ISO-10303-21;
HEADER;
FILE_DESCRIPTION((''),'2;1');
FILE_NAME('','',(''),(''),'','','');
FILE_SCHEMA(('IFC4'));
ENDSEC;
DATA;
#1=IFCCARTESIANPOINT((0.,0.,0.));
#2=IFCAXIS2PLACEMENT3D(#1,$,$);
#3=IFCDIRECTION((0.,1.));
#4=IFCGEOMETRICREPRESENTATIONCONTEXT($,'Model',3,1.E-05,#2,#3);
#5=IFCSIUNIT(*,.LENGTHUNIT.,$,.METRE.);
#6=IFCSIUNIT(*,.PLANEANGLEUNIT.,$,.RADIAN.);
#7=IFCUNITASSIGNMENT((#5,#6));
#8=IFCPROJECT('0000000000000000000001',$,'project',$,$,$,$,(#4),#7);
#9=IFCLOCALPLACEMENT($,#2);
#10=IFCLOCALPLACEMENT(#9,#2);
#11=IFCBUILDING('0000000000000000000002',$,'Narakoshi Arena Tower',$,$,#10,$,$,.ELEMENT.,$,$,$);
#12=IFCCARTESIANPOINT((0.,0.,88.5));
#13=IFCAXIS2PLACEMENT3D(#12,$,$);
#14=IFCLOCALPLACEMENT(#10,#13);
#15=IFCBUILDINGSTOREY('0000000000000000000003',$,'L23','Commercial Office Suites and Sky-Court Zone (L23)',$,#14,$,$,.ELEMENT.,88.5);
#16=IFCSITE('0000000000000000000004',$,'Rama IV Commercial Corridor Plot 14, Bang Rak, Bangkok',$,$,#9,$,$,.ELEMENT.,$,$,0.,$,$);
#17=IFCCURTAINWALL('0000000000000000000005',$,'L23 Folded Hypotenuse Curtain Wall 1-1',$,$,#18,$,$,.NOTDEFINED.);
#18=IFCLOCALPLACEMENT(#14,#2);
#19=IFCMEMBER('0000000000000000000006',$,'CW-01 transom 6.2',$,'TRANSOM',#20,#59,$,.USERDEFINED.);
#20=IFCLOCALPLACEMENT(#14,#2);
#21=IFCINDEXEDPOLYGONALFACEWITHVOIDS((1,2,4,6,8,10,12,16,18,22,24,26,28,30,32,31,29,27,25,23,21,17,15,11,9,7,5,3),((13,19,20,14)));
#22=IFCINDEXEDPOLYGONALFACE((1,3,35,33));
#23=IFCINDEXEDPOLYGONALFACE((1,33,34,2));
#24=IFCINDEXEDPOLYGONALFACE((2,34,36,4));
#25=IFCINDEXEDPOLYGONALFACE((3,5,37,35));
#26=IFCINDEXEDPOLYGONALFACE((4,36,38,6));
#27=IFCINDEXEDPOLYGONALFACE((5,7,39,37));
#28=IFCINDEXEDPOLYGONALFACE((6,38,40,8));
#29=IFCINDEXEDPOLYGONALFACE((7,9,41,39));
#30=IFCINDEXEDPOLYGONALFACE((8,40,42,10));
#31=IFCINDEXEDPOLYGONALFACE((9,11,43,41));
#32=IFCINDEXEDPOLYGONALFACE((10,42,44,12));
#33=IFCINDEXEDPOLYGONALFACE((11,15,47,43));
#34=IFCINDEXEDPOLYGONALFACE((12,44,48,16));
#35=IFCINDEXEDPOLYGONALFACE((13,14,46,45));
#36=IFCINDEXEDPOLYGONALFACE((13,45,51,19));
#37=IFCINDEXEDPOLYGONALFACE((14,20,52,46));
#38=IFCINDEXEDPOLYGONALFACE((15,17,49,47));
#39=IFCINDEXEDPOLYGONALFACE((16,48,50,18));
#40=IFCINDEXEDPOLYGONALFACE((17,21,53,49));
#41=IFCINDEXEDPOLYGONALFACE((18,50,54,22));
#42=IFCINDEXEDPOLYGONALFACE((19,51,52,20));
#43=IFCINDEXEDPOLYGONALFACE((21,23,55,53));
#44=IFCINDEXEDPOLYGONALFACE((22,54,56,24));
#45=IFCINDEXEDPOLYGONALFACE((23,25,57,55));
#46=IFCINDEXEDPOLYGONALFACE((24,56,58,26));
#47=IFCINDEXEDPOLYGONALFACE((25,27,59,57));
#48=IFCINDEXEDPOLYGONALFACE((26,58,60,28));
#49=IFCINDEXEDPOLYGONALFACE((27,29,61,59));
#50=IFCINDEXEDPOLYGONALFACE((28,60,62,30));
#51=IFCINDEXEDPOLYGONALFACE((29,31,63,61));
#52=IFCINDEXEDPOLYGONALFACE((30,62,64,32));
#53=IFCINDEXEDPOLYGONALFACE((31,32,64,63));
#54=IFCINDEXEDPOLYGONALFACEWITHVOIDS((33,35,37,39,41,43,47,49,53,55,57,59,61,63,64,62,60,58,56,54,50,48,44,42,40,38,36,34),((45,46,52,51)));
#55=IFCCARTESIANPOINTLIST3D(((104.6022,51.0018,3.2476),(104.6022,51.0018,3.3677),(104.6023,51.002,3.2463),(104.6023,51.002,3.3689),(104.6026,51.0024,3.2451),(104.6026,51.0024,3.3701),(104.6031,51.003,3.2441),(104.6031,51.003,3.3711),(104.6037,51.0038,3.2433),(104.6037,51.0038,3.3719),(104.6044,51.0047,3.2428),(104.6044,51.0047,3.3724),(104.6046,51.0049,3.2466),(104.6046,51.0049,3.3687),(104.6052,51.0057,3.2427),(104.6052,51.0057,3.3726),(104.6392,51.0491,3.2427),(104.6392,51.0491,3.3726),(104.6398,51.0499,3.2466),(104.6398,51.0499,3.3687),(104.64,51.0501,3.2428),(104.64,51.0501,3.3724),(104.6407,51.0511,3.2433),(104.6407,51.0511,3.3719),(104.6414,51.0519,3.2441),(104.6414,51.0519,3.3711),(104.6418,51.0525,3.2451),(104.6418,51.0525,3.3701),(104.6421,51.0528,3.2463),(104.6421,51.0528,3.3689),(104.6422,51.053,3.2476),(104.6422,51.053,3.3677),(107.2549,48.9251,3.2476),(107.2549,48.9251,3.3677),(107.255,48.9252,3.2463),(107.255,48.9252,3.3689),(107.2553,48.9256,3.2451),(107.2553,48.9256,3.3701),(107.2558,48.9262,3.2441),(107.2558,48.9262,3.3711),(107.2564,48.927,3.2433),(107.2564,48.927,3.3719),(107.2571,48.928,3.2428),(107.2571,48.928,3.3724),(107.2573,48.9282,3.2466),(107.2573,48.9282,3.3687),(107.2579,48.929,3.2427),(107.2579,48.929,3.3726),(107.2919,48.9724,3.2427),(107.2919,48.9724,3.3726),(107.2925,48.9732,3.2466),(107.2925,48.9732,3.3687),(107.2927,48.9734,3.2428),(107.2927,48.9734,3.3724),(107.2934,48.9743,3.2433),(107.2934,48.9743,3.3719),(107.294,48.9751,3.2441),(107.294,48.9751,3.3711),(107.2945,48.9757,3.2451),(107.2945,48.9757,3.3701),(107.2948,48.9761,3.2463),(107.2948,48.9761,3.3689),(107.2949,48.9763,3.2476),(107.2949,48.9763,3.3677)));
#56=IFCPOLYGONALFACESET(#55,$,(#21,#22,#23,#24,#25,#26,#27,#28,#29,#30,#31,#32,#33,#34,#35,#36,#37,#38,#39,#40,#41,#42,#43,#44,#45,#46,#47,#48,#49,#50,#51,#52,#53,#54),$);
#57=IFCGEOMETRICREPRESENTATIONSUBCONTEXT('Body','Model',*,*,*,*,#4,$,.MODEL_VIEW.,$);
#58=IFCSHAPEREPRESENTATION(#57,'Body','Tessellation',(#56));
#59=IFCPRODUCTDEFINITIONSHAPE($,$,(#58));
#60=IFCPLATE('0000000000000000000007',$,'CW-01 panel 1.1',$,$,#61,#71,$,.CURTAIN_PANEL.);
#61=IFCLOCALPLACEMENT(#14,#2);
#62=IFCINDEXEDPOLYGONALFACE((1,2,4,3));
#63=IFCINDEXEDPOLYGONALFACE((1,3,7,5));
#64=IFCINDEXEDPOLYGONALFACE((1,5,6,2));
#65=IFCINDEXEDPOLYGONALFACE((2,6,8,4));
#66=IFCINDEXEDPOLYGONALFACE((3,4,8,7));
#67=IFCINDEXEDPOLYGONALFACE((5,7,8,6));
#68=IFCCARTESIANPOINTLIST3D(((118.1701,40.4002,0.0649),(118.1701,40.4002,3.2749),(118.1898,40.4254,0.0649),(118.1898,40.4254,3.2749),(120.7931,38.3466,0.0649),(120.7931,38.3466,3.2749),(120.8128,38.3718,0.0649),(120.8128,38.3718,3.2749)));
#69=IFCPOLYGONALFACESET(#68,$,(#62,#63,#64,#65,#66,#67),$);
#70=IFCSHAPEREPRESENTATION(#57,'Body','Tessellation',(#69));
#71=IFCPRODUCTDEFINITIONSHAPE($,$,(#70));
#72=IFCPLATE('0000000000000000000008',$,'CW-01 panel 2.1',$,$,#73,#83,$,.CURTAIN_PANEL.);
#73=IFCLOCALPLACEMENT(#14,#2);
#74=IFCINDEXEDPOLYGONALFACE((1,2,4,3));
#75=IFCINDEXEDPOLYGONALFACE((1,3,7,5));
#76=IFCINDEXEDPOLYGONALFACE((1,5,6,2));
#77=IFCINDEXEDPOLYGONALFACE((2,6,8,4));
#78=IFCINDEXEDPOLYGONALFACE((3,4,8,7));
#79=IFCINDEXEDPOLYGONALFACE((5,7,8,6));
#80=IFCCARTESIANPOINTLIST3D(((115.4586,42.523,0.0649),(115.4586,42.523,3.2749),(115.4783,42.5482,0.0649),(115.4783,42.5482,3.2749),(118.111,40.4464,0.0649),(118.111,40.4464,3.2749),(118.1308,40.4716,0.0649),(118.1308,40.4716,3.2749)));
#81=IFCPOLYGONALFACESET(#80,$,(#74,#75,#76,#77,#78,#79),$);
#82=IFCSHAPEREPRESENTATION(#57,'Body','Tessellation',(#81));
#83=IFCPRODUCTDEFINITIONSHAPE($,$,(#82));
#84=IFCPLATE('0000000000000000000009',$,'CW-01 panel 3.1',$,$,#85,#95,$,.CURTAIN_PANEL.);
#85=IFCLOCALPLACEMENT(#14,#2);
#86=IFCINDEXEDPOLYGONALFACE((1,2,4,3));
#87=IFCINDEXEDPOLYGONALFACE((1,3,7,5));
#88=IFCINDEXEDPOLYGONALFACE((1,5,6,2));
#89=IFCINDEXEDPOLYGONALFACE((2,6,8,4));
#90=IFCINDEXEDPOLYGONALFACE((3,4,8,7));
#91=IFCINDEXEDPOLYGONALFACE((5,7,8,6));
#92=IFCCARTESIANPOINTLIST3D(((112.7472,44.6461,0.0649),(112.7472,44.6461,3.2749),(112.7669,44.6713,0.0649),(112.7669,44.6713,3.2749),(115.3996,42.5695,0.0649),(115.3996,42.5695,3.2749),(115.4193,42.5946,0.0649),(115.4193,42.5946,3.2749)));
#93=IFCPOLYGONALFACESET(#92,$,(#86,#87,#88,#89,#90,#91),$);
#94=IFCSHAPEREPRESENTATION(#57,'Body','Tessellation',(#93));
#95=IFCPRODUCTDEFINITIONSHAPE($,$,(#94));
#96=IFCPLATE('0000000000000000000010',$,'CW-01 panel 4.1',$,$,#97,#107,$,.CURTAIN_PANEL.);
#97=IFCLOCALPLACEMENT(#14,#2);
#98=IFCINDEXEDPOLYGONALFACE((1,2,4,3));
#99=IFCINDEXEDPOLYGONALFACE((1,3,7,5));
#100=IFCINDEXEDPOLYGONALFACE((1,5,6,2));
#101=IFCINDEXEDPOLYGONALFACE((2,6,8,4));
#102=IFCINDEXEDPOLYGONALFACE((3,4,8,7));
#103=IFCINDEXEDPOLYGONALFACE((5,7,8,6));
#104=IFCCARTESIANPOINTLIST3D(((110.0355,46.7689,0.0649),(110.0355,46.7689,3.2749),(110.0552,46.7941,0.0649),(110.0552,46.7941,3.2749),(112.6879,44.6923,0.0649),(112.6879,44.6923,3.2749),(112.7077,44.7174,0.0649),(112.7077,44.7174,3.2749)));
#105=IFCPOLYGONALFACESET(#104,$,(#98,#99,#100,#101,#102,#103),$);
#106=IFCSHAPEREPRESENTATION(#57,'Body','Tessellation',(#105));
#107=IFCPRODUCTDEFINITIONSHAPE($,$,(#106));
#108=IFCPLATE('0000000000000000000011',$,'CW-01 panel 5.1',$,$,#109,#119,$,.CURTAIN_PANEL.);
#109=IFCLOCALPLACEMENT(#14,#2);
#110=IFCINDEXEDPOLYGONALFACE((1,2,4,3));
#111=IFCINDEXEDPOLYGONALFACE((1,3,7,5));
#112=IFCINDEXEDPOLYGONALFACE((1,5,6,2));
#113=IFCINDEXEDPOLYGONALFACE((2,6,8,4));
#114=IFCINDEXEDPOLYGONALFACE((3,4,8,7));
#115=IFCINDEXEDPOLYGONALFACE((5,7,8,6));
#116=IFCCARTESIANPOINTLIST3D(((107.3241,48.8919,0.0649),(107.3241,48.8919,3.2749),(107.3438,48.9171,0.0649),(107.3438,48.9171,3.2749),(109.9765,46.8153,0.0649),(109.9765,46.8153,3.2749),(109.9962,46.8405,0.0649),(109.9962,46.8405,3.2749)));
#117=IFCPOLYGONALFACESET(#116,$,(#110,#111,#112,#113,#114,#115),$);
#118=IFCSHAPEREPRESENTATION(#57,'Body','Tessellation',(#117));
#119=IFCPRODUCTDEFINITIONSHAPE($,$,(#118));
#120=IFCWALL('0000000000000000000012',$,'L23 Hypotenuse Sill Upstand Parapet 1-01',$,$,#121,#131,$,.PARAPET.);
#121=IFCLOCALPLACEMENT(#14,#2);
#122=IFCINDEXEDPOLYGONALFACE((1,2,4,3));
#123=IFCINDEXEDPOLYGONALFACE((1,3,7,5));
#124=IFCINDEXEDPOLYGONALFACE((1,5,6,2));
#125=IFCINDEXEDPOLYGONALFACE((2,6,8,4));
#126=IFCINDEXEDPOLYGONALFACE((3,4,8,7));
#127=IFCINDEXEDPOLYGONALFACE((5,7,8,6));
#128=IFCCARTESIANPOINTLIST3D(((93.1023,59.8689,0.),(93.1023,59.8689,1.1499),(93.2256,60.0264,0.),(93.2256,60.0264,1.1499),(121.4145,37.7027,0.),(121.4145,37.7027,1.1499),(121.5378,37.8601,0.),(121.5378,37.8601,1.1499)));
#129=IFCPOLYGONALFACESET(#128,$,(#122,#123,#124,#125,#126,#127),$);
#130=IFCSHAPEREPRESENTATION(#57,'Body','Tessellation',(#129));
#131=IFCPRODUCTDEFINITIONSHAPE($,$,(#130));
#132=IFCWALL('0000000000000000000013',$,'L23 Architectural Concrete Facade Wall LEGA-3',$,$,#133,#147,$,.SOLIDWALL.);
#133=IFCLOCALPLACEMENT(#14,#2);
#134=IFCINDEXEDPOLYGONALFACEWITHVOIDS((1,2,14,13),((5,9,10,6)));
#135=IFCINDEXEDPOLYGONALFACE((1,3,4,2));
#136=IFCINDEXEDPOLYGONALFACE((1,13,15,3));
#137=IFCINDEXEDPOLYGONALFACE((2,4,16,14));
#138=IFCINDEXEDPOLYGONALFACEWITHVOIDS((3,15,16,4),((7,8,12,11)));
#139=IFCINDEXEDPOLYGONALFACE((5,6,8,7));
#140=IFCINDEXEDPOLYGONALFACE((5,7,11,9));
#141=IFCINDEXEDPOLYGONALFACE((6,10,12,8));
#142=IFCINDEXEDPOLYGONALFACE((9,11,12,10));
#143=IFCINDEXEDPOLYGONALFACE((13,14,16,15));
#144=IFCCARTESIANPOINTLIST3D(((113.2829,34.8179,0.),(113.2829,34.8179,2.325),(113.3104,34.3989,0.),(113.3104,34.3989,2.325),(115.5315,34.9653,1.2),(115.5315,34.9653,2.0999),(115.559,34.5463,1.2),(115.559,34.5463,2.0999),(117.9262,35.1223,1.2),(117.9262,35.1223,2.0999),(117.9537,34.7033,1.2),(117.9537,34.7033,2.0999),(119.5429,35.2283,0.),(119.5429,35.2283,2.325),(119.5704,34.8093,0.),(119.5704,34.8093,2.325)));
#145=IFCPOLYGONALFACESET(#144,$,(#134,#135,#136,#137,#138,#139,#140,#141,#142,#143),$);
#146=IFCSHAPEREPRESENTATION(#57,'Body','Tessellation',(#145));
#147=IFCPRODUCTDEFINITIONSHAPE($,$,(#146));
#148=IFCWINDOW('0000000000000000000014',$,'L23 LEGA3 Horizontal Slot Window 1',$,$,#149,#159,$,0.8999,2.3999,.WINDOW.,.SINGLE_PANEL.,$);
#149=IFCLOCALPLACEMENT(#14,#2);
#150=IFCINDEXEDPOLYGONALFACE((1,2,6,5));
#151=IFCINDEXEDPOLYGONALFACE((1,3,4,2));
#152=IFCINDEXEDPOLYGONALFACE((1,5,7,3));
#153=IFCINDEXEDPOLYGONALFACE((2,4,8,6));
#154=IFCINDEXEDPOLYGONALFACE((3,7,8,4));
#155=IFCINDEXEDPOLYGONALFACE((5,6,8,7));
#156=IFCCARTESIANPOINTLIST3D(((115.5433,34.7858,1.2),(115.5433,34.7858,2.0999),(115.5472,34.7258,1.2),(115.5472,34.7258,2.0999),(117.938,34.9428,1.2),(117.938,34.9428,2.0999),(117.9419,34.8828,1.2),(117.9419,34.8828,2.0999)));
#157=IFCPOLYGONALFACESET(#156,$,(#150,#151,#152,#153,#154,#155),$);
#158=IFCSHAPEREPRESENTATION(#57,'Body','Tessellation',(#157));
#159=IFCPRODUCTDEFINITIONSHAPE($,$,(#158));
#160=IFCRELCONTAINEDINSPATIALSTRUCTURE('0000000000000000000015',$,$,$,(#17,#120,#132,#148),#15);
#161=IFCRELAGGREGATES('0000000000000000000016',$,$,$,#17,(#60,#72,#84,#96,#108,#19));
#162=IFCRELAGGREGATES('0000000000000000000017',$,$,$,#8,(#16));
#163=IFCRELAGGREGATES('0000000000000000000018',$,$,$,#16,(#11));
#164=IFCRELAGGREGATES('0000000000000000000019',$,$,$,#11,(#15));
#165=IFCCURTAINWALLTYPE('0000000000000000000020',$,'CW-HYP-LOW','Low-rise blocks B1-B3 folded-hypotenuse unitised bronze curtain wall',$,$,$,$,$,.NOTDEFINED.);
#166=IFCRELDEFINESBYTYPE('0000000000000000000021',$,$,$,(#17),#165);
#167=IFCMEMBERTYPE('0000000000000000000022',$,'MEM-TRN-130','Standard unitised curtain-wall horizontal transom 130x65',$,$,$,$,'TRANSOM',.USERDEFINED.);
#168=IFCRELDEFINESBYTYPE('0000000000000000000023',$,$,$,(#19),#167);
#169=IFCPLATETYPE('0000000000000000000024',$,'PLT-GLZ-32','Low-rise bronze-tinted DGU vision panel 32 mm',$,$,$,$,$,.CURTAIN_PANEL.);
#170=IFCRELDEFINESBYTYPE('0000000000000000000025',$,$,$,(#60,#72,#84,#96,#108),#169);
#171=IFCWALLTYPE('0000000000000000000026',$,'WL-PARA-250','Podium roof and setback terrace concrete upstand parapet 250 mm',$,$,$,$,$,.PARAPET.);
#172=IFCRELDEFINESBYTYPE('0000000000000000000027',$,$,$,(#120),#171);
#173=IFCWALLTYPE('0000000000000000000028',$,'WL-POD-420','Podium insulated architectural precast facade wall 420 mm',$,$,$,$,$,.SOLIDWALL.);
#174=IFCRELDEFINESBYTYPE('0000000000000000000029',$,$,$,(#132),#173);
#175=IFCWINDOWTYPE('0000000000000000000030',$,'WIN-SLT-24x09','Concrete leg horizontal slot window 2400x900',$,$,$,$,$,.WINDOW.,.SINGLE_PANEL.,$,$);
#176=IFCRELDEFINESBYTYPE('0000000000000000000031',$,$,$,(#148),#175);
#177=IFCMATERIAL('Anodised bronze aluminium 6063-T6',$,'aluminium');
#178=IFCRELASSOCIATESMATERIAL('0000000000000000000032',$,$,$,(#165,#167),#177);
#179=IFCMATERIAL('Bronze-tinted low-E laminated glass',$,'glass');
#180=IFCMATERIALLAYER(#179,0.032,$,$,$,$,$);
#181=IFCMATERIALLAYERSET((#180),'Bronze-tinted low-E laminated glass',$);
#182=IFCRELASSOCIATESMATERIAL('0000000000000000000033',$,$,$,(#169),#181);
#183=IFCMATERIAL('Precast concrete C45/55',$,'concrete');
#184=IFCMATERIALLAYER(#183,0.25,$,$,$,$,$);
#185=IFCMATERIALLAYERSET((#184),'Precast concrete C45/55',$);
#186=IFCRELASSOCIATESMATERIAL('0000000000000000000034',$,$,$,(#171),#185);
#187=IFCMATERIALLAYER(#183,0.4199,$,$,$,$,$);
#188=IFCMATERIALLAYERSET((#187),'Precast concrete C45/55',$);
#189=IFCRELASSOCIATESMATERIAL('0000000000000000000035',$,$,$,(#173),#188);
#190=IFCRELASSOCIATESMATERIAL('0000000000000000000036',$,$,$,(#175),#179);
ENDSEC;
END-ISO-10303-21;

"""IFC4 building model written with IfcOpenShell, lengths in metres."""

from ifc_helpers import new_model, si_unit, direction, frame, frame_2d, origin, origin_2d, place, context, subcontext, project, spatial, rectangle, hollow_rectangle, extrude, material, layer, layer_set, material_profile, profile_set, type_object, element, fill, aggregate, save


model = new_model("IFC4")

# Units and contexts
model_context = context("Model", 3, precision=1e-05, world=origin(), true_north=direction((0.0, 1.0)))
body_context = subcontext(model_context, "Body", "Model", "MODEL_VIEW")
ifc_project = project(units=[si_unit("LENGTHUNIT", "METRE"), si_unit("PLANEANGLEUNIT", "RADIAN")], contexts=[model_context])

# Site, building, storey
site_placement = place(None, origin())
site = spatial("IfcSite", under=ifc_project, at=site_placement, Name="Rama IV Commercial Corridor Plot 14, Bang Rak, Bangkok", CompositionType="ELEMENT", RefElevation=0.0)
building_placement = place(site_placement, origin())
building = spatial("IfcBuilding", under=site, at=building_placement, Name="Narakoshi Arena Tower", CompositionType="ELEMENT")
storey_placement = place(building_placement, frame((0.0, 0.0, 88.5)))
storey = spatial("IfcBuildingStorey", under=building, at=storey_placement, Name="L23", Description="Commercial Office Suites and Sky-Court Zone (L23)", CompositionType="ELEMENT", Elevation=88.5)

# Curtain wall, member, plates
ifc_material_1 = material(Name="Anodised bronze aluminium 6063-T6", Category="aluminium")
curtain_wall_type = type_object("IfcCurtainWallType", Name="CW-HYP-LOW", Description="Low-rise blocks B1-B3 folded-hypotenuse unitised bronze curtain wall", PredefinedType="NOTDEFINED", material=ifc_material_1)
curtain_wall_placement = place(storey_placement, origin())
curtain_wall = element("IfcCurtainWall", 1, at=curtain_wall_placement, inside=storey, type_object=curtain_wall_type, Name="L23 Folded Hypotenuse Curtain Wall 1-1", PredefinedType="NOTDEFINED")
ifc_material_profile_1 = material_profile(ifc_material_1, hollow_rectangle(XDim=0.0649, YDim=0.1299, WallThickness=0.0039, OuterFilletRadius=0.0049, at=origin_2d()), Name="TRN130x65x4")
ifc_profile_set_1 = profile_set([ifc_material_profile_1], Name="Anodised bronze aluminium 6063-T6")
member_type_1 = type_object("IfcMemberType", Name="MEM-TRN-130", Description="Standard unitised curtain-wall horizontal transom 130x65", ElementType="TRANSOM", PredefinedType="USERDEFINED", material=ifc_profile_set_1)
member_1_placement = place(storey_placement, frame((107.2749, 48.9507, 3.3076), z_axis=(-0.787401, 0.616441, 0.0), x_axis=(-0.616441, -0.787401, 0.0)))
member_1 = element("IfcMember", 2, at=member_1_placement, type_object=member_type_1, Name="CW-01 transom 6.2", ObjectType="TRANSOM", PredefinedType="USERDEFINED", context=body_context, shape_type="SweptSolid", body=[
    extrude(hollow_rectangle(XDim=0.0649, YDim=0.1299, WallThickness=0.0039, OuterFilletRadius=0.0049, at=origin_2d()), origin(), (0.0, 0.0, 1.0), 3.3689),
])
ifc_material_2 = material(Name="Bronze-tinted low-E laminated glass", Category="glass")
ifc_layer_1 = layer(ifc_material_2, 0.032)
ifc_layer_set_1 = layer_set([ifc_layer_1], Name="Bronze-tinted low-E laminated glass")
plate_type = type_object("IfcPlateType", Name="PLT-GLZ-32", Description="Low-rise bronze-tinted DGU vision panel 32 mm", PredefinedType="CURTAIN_PANEL", material=ifc_layer_set_1)
plate_1_placement = place(storey_placement, frame((119.4915, 39.386, 0.0649), z_axis=(0.0, 0.0, 1.0), x_axis=(-0.787388, 0.616458, 0.0)))
plate_1 = element("IfcPlate", 3, at=plate_1_placement, type_object=plate_type, Name="CW-01 panel 1.1", PredefinedType="CURTAIN_PANEL", context=body_context, shape_type="SweptSolid", body=[
    extrude(rectangle(XDim=3.3313, YDim=0.032, at=origin_2d()), origin(), (0.0, 0.0, 1.0), 3.21),
])
plate_2_placement = place(storey_placement, frame((116.7947, 41.4973, 0.0649), z_axis=(0.0, 0.0, 1.0), x_axis=(-0.787388, 0.616458, 0.0)))
plate_2 = element("IfcPlate", 4, at=plate_2_placement, type_object=plate_type, Name="CW-01 panel 2.1", PredefinedType="CURTAIN_PANEL", context=body_context, shape_type="SweptSolid", body=[
    extrude(rectangle(XDim=3.3687, YDim=0.032, at=origin_2d()), origin(), (0.0, 0.0, 1.0), 3.21),
])
plate_3_placement = place(storey_placement, frame((114.0833, 43.6204, 0.0649), z_axis=(0.0, 0.0, 1.0), x_axis=(-0.787388, 0.616458, 0.0)))
plate_3 = element("IfcPlate", 5, at=plate_3_placement, type_object=plate_type, Name="CW-01 panel 3.1", PredefinedType="CURTAIN_PANEL", context=body_context, shape_type="SweptSolid", body=[
    extrude(rectangle(XDim=3.3687, YDim=0.032, at=origin_2d()), origin(), (0.0, 0.0, 1.0), 3.21),
])
plate_4_placement = place(storey_placement, frame((111.3716, 45.7432, 0.0649), z_axis=(0.0, 0.0, 1.0), x_axis=(-0.787388, 0.616458, 0.0)))
plate_4 = element("IfcPlate", 6, at=plate_4_placement, type_object=plate_type, Name="CW-01 panel 4.1", PredefinedType="CURTAIN_PANEL", context=body_context, shape_type="SweptSolid", body=[
    extrude(rectangle(XDim=3.3687, YDim=0.032, at=origin_2d()), origin(), (0.0, 0.0, 1.0), 3.21),
])
plate_5_placement = place(storey_placement, frame((108.6602, 47.8662, 0.0649), z_axis=(0.0, 0.0, 1.0), x_axis=(-0.787388, 0.616458, 0.0)))
plate_5 = element("IfcPlate", 7, at=plate_5_placement, type_object=plate_type, Name="CW-01 panel 5.1", PredefinedType="CURTAIN_PANEL", context=body_context, shape_type="SweptSolid", body=[
    extrude(rectangle(XDim=3.3687, YDim=0.032, at=origin_2d()), origin(), (0.0, 0.0, 1.0), 3.21),
])
aggregate(curtain_wall, [plate_1, plate_2, plate_3, plate_4, plate_5, member_1])

# Wall
ifc_material_3 = material(Name="Precast concrete C45/55", Category="concrete")
ifc_layer_2 = layer(ifc_material_3, 0.25)
ifc_layer_set_2 = layer_set([ifc_layer_2], Name="Precast concrete C45/55")
wall_type_1 = type_object("IfcWallType", Name="WL-PARA-250", Description="Podium roof and setback terrace concrete upstand parapet 250 mm", PredefinedType="PARAPET", material=ifc_layer_set_2)
wall_1_placement = place(storey_placement, frame((121.4761, 37.7815, 0.0), z_axis=(0.0, 0.0, 1.0), x_axis=(-0.787386, 0.616461, 0.0)))
element("IfcWall", 8, at=wall_1_placement, inside=storey, type_object=wall_type_1, Name="L23 Hypotenuse Sill Upstand Parapet 1-01", PredefinedType="PARAPET", context=body_context, shape_type="SweptSolid", body=[
    extrude(rectangle(XDim=35.9573, YDim=0.2, at=frame_2d((17.9785, 0.0))), origin(), (0.0, 0.0, 1.0), 1.1499),
])

# Wall, opening, window
ifc_layer_3 = layer(ifc_material_3, 0.4199)
ifc_layer_set_3 = layer_set([ifc_layer_3], Name="Precast concrete C45/55")
wall_type_2 = type_object("IfcWallType", Name="WL-POD-420", Description="Podium insulated architectural precast facade wall 420 mm", PredefinedType="SOLIDWALL", material=ifc_layer_set_3)
wall_2_placement = place(storey_placement, frame((113.2966, 34.6084, 0.0), z_axis=(0.0, 0.0, 1.0), x_axis=(0.997858, 0.065419, 0.0)))
wall_2 = element("IfcWall", 9, at=wall_2_placement, inside=storey, type_object=wall_type_2, Name="L23 Architectural Concrete Facade Wall LEGA-3", PredefinedType="SOLIDWALL", context=body_context, shape_type="SweptSolid", body=[
    extrude(rectangle(XDim=6.2734, YDim=0.4199, at=frame_2d((3.1367, 0.0))), origin(), (0.0, 0.0, 1.0), 2.325),
])
opening_1_placement = place(wall_2_placement, frame((2.2534, 0.0, 1.2)))
opening_1 = element("IfcOpeningElement", 10, at=opening_1_placement, cuts=wall_2, PredefinedType="OPENING", context=body_context, shape_type="SweptSolid", body=[
    extrude(rectangle(XDim=2.3999, YDim=0.8999, at=frame_2d((1.2, 0.45))), frame((0.0, 0.22, 0.0), z_axis=(0.0, -1.0, 0.0), x_axis=(1.0, 0.0, 0.0)), (0.0, 0.0, 1.0), 0.4399),
])
window_type_1 = type_object("IfcWindowType", Name="WIN-SLT-24x09", Description="Concrete leg horizontal slot window 2400x900", PartitioningType="SINGLE_PANEL", PredefinedType="WINDOW", material=ifc_material_2)
window_1_placement = place(opening_1_placement, origin())
window_1 = element("IfcWindow", 11, at=window_1_placement, inside=storey, type_object=window_type_1, Name="L23 LEGA3 Horizontal Slot Window 1", OverallHeight=0.8999, OverallWidth=2.3999, PartitioningType="SINGLE_PANEL", PredefinedType="WINDOW", context=body_context, shape_type="SweptSolid", body=[
    extrude(rectangle(XDim=2.3999, YDim=0.8999, at=frame_2d((1.2, 0.45))), frame((0.0, 0.03, 0.0), z_axis=(0.0, -1.0, 0.0), x_axis=(1.0, 0.0, 0.0)), (0.0, 0.0, 1.0), 0.0601),
])
fill(opening_1, window_1)

save(model, "model.ifc")
